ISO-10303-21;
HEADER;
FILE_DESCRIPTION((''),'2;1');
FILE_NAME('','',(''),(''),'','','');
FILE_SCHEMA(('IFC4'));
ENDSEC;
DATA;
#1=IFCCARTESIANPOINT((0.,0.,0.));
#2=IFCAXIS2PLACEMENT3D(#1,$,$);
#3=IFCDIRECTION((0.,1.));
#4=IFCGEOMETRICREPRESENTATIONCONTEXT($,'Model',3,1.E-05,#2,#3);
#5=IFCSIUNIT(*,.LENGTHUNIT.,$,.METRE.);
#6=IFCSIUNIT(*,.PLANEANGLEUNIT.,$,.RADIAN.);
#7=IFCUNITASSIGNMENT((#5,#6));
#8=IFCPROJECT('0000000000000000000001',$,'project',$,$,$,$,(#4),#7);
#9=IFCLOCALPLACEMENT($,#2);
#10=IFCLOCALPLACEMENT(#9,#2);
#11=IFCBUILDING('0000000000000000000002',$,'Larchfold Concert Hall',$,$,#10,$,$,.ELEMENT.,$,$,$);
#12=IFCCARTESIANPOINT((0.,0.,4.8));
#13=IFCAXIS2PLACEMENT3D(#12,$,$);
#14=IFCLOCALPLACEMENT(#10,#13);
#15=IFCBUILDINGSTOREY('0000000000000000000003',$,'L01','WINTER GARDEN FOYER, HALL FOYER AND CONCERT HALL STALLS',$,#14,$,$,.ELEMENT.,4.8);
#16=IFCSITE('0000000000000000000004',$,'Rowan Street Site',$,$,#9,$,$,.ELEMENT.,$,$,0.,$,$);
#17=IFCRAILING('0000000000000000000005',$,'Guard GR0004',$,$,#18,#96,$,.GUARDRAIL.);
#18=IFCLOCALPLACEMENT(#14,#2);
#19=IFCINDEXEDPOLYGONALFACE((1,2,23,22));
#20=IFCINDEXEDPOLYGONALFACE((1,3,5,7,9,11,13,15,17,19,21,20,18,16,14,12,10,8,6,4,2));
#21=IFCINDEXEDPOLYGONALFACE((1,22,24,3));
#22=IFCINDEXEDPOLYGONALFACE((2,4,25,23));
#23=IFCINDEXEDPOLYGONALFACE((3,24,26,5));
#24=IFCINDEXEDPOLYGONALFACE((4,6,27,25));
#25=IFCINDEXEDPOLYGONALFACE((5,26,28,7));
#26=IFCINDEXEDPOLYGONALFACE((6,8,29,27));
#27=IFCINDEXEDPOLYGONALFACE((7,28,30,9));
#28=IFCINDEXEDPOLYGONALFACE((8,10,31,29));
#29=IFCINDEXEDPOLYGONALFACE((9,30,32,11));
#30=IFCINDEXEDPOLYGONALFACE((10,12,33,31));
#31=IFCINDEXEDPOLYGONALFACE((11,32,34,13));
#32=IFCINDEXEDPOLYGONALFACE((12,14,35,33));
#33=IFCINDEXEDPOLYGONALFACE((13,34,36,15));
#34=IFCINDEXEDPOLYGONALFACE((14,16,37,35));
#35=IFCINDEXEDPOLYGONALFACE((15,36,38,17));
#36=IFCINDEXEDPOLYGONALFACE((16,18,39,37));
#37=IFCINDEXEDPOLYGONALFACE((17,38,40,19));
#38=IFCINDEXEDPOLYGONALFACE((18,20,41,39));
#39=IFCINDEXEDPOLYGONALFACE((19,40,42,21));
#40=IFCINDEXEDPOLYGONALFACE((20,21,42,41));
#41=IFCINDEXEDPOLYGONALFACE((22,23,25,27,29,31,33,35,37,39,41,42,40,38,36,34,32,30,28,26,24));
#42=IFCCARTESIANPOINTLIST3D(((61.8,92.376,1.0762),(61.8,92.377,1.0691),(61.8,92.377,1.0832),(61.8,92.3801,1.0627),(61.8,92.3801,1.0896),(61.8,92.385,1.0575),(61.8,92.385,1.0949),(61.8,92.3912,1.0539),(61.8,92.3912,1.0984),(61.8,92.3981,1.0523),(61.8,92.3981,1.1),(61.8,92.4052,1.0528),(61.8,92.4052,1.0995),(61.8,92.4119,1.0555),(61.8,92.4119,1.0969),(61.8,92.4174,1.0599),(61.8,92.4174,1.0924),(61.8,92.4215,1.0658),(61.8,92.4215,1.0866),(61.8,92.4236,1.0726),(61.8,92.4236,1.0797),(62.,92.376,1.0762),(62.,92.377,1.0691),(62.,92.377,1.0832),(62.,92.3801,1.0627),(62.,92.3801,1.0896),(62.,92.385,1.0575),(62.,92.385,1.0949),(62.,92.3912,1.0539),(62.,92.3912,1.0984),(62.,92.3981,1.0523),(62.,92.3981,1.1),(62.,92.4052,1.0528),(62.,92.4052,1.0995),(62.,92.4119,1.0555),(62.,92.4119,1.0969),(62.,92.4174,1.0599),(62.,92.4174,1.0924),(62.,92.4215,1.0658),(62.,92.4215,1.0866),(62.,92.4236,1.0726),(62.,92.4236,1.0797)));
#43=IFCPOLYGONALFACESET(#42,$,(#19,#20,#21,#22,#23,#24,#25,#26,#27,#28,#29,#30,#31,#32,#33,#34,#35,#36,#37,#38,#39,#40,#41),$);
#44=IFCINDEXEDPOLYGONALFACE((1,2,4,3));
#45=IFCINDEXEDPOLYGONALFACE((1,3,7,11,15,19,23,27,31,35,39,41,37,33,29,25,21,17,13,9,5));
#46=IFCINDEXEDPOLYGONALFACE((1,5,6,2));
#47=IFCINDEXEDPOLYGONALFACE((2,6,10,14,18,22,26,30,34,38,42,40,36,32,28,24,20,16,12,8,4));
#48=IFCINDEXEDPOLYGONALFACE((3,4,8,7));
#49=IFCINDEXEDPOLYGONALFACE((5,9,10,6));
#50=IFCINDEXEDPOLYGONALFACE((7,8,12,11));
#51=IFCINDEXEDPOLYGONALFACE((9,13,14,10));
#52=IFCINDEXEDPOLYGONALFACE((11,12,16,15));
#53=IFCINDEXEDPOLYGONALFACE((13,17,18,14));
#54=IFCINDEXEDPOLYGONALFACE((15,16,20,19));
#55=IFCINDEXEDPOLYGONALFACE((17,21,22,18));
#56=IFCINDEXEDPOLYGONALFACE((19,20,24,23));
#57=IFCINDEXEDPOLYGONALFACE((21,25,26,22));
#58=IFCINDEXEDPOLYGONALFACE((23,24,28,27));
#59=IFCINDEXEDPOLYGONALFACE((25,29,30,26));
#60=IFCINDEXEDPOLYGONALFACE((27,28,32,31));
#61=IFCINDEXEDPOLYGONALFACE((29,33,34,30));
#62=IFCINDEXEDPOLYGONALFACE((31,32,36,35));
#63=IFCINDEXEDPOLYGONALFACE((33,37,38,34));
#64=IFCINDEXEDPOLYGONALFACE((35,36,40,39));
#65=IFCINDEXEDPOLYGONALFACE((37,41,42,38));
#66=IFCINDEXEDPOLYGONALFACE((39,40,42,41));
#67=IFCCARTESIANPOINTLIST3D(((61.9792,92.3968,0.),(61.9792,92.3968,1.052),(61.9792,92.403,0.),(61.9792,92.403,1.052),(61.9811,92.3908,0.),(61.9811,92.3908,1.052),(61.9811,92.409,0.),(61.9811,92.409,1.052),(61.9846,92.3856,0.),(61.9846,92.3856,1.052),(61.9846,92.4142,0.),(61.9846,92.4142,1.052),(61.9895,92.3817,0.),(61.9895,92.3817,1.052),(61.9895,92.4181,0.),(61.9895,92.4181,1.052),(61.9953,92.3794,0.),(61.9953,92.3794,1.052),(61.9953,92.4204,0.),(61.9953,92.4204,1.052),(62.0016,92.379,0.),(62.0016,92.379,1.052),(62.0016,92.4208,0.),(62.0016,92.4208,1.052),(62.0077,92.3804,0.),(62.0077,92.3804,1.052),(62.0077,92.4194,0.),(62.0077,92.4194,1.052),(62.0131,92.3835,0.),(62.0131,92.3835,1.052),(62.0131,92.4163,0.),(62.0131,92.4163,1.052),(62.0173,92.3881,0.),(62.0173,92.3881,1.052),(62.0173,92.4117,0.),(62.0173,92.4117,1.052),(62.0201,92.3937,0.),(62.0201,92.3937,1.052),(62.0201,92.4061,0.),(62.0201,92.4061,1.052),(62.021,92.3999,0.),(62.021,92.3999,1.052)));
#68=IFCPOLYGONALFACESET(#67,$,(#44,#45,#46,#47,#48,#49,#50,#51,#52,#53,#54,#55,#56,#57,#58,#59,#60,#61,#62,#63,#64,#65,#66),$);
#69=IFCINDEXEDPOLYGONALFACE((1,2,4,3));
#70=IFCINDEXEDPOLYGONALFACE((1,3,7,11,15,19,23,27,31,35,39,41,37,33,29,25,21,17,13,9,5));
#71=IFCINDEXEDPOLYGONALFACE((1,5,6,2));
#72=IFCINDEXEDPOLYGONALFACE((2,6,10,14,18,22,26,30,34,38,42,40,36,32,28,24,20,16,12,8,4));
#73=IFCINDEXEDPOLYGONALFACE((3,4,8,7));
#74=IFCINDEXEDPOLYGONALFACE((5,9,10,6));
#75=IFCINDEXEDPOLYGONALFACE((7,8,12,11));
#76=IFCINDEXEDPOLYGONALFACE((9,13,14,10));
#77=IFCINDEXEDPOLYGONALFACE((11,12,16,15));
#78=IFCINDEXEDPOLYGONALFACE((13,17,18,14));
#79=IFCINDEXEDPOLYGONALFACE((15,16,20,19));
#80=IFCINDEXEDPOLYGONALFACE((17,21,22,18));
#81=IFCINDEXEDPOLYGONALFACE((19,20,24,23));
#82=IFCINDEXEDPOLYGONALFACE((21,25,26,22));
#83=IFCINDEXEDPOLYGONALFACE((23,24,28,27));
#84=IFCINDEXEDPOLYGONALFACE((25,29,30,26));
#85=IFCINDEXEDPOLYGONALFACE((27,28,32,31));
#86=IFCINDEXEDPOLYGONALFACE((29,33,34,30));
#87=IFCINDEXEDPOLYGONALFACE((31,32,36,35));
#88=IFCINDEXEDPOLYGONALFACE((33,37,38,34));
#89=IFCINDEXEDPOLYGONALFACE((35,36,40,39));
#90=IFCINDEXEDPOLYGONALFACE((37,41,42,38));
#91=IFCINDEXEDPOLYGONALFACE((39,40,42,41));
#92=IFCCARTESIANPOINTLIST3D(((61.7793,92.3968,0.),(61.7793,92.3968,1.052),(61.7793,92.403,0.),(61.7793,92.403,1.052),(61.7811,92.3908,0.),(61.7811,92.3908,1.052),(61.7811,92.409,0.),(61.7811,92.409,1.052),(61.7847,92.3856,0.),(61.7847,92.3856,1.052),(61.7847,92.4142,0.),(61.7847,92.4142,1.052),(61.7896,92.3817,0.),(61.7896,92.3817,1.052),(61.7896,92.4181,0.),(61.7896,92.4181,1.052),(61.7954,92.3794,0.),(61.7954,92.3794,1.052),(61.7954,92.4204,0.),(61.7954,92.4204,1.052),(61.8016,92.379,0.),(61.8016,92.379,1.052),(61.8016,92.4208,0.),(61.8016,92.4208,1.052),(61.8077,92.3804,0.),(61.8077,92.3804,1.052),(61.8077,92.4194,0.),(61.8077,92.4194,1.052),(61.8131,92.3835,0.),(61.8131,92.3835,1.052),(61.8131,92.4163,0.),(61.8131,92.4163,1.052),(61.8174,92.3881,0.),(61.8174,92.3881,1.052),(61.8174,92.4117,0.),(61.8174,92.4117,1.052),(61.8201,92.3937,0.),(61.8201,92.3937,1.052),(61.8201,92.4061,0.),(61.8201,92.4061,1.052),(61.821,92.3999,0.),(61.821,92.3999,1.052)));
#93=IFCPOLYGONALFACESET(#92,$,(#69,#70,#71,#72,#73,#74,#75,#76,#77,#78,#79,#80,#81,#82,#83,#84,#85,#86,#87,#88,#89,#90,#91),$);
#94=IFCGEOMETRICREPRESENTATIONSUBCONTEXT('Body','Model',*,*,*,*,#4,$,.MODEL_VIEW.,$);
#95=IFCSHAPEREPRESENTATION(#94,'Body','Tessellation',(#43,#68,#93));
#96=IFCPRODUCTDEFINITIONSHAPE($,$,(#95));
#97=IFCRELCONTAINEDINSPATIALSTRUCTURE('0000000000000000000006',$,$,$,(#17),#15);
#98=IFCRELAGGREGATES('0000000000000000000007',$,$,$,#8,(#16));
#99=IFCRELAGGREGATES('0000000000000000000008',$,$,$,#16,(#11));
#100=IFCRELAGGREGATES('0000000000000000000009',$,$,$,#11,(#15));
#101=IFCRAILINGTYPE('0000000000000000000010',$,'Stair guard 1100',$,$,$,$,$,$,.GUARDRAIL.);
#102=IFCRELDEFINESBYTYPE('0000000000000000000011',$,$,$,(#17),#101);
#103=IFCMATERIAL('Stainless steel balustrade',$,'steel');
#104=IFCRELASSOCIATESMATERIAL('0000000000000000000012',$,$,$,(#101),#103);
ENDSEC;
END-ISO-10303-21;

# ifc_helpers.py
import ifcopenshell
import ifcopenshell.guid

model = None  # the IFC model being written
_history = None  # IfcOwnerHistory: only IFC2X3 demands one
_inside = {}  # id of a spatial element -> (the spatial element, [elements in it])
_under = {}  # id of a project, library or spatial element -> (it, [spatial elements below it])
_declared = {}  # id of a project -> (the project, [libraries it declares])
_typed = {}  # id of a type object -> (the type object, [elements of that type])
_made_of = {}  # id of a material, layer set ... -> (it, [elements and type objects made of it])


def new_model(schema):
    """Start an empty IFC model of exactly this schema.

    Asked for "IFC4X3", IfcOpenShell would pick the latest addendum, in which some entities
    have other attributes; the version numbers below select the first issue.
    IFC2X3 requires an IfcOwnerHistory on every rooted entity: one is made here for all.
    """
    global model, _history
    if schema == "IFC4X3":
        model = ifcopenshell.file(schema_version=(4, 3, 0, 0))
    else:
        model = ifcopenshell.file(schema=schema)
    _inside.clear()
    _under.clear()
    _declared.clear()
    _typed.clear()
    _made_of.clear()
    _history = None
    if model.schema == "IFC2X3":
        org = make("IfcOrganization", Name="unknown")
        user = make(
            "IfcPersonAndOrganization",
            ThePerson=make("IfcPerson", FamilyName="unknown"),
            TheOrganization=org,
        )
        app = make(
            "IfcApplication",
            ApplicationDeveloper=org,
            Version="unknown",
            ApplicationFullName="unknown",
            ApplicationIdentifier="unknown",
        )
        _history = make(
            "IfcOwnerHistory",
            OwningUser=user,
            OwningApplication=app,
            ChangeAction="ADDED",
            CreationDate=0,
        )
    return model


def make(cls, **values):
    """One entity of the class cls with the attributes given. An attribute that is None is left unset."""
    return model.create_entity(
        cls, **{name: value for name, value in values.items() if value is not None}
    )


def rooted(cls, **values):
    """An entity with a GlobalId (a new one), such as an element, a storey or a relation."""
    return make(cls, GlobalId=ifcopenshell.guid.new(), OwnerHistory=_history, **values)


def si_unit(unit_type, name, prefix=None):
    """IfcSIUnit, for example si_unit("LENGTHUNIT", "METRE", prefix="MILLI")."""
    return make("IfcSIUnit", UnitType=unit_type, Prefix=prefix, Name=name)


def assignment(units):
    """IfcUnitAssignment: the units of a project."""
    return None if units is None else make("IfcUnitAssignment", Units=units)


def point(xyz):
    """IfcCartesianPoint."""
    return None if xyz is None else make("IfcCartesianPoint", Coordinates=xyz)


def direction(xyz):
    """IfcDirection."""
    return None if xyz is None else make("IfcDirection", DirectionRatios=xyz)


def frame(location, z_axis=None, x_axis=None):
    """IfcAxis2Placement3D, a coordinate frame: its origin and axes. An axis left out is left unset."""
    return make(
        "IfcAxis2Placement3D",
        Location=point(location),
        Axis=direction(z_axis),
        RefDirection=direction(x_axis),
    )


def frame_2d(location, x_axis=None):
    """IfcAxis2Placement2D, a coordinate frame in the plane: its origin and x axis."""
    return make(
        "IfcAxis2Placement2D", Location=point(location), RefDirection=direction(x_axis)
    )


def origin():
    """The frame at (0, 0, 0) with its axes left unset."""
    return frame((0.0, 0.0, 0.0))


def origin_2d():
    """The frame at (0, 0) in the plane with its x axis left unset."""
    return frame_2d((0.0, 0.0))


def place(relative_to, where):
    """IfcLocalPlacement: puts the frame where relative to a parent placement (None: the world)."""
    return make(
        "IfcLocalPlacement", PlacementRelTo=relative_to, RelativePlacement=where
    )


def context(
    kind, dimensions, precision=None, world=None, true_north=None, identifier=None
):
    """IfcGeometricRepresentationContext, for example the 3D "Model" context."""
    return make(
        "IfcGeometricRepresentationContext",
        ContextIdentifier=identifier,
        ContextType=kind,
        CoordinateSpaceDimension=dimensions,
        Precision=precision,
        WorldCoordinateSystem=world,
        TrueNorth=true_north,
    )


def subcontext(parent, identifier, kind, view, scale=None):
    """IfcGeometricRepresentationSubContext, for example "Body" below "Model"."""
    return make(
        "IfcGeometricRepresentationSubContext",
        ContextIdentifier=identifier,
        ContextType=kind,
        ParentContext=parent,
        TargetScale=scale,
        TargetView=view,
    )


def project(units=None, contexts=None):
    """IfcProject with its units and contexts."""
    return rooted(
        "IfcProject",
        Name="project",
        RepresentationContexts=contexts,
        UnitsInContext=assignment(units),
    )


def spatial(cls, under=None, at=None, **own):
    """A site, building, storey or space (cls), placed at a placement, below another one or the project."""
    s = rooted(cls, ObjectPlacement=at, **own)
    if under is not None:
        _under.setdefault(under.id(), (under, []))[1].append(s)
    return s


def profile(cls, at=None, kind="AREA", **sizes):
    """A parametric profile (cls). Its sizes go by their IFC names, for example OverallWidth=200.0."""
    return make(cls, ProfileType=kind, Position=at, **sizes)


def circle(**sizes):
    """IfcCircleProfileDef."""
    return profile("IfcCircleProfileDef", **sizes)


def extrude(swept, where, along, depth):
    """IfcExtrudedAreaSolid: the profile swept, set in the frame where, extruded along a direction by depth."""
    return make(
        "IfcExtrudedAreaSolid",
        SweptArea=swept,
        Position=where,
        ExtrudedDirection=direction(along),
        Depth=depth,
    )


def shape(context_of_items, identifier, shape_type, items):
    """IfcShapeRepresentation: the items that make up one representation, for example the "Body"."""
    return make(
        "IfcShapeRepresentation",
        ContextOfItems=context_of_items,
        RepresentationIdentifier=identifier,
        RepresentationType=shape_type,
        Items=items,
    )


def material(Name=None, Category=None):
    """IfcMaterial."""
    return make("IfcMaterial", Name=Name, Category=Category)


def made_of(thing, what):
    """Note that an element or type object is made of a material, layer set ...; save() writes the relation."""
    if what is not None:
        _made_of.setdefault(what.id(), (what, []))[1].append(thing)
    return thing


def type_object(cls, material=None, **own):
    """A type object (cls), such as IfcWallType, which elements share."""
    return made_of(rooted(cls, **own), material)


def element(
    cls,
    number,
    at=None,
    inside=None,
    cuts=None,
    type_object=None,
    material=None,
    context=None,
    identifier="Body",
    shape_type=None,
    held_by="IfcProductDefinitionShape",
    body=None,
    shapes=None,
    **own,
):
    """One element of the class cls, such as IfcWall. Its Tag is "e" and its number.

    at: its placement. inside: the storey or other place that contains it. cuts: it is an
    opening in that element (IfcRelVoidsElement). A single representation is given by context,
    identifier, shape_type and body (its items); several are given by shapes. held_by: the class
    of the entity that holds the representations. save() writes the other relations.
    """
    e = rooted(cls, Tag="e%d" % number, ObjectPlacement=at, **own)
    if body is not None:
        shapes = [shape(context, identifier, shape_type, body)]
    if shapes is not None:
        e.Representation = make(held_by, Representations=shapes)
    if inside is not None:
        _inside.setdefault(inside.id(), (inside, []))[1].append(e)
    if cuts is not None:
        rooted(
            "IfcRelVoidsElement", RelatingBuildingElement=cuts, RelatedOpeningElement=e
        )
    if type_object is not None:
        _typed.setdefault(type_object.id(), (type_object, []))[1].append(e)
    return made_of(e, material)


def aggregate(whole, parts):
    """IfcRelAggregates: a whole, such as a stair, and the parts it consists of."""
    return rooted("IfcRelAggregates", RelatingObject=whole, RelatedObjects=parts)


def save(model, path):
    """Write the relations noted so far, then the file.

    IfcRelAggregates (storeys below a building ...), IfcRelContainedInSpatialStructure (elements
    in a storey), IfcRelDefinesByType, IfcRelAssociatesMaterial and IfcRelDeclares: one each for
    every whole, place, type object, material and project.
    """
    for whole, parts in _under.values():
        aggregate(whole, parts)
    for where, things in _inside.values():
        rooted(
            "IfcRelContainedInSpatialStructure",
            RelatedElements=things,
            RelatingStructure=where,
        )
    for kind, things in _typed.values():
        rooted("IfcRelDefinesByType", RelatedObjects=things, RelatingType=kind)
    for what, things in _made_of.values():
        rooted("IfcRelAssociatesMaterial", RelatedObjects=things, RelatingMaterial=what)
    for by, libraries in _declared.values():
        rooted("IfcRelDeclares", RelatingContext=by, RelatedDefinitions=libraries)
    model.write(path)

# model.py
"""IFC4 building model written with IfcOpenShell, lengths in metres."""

from ifc_helpers import new_model, si_unit, direction, frame, origin, origin_2d, place, context, subcontext, project, spatial, circle, extrude, material, type_object, element, save


model = new_model("IFC4")

# Units and contexts
model_context = context("Model", 3, precision=1e-05, world=origin(), true_north=direction((0.0, 1.0)))
body_context = subcontext(model_context, "Body", "Model", "MODEL_VIEW")
ifc_project = project(units=[si_unit("LENGTHUNIT", "METRE"), si_unit("PLANEANGLEUNIT", "RADIAN")], contexts=[model_context])

# Site, building, storey
site_placement = place(None, origin())
site = spatial("IfcSite", under=ifc_project, at=site_placement, Name="Rowan Street Site", CompositionType="ELEMENT", RefElevation=0.0)
building_placement = place(site_placement, origin())
building = spatial("IfcBuilding", under=site, at=building_placement, Name="Larchfold Concert Hall", CompositionType="ELEMENT")
storey_placement = place(building_placement, frame((0.0, 0.0, 4.8)))
storey = spatial("IfcBuildingStorey", under=building, at=storey_placement, Name="L01", Description="WINTER GARDEN FOYER, HALL FOYER AND CONCERT HALL STALLS", CompositionType="ELEMENT", Elevation=4.8)

# Railing
ifc_material_1 = material(Name="Stainless steel balustrade", Category="steel")
railing_type_1 = type_object("IfcRailingType", Name="Stair guard 1100", PredefinedType="GUARDRAIL", material=ifc_material_1)
railing_1_placement = place(storey_placement, frame((62.0, 92.3999, 0.0)))
element("IfcRailing", 1, at=railing_1_placement, inside=storey, type_object=railing_type_1, Name="Guard GR0004", PredefinedType="GUARDRAIL", context=body_context, shape_type="SweptSolid", body=[
    extrude(circle(Radius=0.0239, at=origin_2d()), frame((0.0, 0.0, 1.0762), z_axis=(-1.0, 0.0, 0.0), x_axis=(0.0, -1.0, 0.0)), (0.0, 0.0, 1.0), 0.2),
    extrude(circle(Radius=0.021, at=origin_2d()), origin(), (0.0, 0.0, 1.0), 1.052),
    extrude(circle(Radius=0.021, at=origin_2d()), frame((-0.2, 0.0, 0.0)), (0.0, 0.0, 1.0), 1.052),
])

save(model, "model.ifc")
